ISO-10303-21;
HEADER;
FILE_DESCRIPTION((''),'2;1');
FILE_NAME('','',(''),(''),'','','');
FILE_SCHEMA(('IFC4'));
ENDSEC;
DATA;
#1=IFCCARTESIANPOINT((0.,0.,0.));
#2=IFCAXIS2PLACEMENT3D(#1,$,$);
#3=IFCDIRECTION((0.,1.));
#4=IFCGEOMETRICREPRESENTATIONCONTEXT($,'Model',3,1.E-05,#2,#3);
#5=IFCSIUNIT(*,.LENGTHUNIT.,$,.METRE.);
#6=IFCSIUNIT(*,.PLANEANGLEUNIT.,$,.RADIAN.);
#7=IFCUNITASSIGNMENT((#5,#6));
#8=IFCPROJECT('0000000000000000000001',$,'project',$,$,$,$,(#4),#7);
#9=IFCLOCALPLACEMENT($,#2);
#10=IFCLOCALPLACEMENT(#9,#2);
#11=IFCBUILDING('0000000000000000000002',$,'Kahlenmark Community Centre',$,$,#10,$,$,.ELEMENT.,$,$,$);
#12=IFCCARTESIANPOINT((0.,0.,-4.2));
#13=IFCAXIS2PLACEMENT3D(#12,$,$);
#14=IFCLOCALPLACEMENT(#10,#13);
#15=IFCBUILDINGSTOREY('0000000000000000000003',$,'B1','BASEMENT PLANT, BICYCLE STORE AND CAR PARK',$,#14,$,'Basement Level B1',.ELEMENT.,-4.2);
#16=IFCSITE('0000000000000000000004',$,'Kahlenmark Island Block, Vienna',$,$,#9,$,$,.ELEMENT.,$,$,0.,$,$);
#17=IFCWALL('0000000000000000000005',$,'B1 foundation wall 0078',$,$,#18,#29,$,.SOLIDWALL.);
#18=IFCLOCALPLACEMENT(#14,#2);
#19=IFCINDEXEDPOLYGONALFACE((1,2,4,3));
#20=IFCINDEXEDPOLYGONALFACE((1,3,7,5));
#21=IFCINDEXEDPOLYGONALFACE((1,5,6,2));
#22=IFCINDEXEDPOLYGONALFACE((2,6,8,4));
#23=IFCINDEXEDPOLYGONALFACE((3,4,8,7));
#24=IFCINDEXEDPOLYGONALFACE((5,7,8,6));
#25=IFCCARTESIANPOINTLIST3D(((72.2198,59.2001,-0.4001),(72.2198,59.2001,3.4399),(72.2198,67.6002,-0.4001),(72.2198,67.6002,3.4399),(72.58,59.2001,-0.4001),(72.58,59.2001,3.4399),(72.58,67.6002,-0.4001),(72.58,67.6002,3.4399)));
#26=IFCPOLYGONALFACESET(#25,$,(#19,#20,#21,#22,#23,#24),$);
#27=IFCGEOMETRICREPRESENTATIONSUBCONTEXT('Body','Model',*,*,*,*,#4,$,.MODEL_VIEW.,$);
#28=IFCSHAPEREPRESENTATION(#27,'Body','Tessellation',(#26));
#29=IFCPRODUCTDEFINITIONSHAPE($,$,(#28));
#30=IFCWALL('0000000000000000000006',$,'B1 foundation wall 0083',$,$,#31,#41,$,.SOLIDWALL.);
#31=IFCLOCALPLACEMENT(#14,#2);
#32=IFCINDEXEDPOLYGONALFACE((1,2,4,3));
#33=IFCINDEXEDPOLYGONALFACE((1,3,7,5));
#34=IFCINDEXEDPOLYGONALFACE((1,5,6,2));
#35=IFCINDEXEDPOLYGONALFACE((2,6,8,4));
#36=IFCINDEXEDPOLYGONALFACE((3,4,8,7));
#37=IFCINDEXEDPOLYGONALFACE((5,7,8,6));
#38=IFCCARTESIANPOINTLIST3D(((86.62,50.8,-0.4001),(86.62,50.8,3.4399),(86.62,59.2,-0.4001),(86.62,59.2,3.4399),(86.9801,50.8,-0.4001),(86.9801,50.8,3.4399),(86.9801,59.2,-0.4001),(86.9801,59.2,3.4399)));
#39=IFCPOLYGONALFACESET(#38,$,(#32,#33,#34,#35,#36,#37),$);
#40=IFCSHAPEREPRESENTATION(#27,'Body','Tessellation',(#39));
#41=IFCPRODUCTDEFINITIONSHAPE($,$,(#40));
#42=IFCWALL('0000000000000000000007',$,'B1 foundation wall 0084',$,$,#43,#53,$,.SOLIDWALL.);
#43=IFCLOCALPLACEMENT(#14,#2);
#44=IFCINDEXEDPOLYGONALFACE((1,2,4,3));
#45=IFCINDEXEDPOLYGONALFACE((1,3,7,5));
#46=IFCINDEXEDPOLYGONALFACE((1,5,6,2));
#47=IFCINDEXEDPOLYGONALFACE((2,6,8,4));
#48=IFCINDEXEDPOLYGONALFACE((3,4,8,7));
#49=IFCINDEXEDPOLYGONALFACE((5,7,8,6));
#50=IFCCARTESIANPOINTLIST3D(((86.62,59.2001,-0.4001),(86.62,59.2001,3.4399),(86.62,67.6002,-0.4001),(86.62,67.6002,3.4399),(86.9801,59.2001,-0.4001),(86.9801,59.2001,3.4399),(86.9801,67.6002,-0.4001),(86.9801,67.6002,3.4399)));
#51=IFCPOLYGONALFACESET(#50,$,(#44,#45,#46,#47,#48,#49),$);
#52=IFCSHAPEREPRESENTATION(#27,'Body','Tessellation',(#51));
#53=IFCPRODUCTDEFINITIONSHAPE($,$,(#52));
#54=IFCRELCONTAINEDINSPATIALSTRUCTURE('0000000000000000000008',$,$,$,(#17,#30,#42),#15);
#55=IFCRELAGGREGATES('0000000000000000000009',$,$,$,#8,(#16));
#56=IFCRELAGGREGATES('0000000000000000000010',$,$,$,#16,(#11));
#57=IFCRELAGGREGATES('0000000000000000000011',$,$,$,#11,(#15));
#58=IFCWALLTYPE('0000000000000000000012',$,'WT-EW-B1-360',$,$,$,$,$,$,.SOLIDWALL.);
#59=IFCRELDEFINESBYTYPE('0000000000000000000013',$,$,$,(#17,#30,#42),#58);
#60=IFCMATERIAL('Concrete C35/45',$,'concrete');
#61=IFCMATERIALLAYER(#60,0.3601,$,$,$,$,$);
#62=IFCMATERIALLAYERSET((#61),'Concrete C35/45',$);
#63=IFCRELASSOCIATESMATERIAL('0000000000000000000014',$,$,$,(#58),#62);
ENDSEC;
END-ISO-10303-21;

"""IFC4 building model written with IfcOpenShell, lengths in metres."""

from ifc_helpers import new_model, si_unit, direction, frame, frame_2d, origin, place, context, subcontext, project, spatial, rectangle, extrude, material, layer, layer_set, type_object, element, save


model = new_model("IFC4")

# Units and contexts
model_context = context("Model", 3, precision=1e-05, world=origin(), true_north=direction((0.0, 1.0)))
body_context = subcontext(model_context, "Body", "Model", "MODEL_VIEW")
ifc_project = project(units=[si_unit("LENGTHUNIT", "METRE"), si_unit("PLANEANGLEUNIT", "RADIAN")], contexts=[model_context])

# Site, building, storey
site_placement = place(None, origin())
site = spatial("IfcSite", under=ifc_project, at=site_placement, Name="Kahlenmark Island Block, Vienna", CompositionType="ELEMENT", RefElevation=0.0)
building_placement = place(site_placement, origin())
building = spatial("IfcBuilding", under=site, at=building_placement, Name="Kahlenmark Community Centre", CompositionType="ELEMENT")
storey_placement = place(building_placement, frame((0.0, 0.0, -4.2)))
storey = spatial("IfcBuildingStorey", under=building, at=storey_placement, Name="B1", Description="BASEMENT PLANT, BICYCLE STORE AND CAR PARK", LongName="Basement Level B1", CompositionType="ELEMENT", Elevation=-4.2)

# Shared definitions
ifc_material_1 = material(Name="Concrete C35/45", Category="concrete")

# Walls
ifc_layer_1 = layer(ifc_material_1, 0.3601)
ifc_layer_set_1 = layer_set([ifc_layer_1], Name="Concrete C35/45")
wall_type_1 = type_object("IfcWallType", Name="WT-EW-B1-360", PredefinedType="SOLIDWALL", material=ifc_layer_set_1)
wall_1_placement = place(storey_placement, frame((72.3999, 59.2, -0.4001), z_axis=(0.0, 0.0, 1.0), x_axis=(0.0, 1.0, 0.0)))
element("IfcWall", 1, at=wall_1_placement, inside=storey, type_object=wall_type_1, Name="B1 foundation wall 0078", PredefinedType="SOLIDWALL", context=body_context, shape_type="SweptSolid", body=[
    extrude(rectangle(XDim=8.4001, YDim=0.3601, at=frame_2d((4.2002, 0.0))), origin(), (0.0, 0.0, 1.0), 3.8401),
])
wall_2_placement = place(storey_placement, frame((86.8, 50.8, -0.4001), z_axis=(0.0, 0.0, 1.0), x_axis=(0.0, 1.0, 0.0)))
element("IfcWall", 2, at=wall_2_placement, inside=storey, type_object=wall_type_1, Name="B1 foundation wall 0083", PredefinedType="SOLIDWALL", context=body_context, shape_type="SweptSolid", body=[
    extrude(rectangle(XDim=8.3999, YDim=0.3601, at=frame_2d((4.2, 0.0))), origin(), (0.0, 0.0, 1.0), 3.8401),
])
wall_3_placement = place(storey_placement, frame((86.8, 59.2, -0.4001), z_axis=(0.0, 0.0, 1.0), x_axis=(0.0, 1.0, 0.0)))
element("IfcWall", 3, at=wall_3_placement, inside=storey, type_object=wall_type_1, Name="B1 foundation wall 0084", PredefinedType="SOLIDWALL", context=body_context, shape_type="SweptSolid", body=[
    extrude(rectangle(XDim=8.4001, YDim=0.3601, at=frame_2d((4.2002, 0.0))), origin(), (0.0, 0.0, 1.0), 3.8401),
])

save(model, "model.ifc")
